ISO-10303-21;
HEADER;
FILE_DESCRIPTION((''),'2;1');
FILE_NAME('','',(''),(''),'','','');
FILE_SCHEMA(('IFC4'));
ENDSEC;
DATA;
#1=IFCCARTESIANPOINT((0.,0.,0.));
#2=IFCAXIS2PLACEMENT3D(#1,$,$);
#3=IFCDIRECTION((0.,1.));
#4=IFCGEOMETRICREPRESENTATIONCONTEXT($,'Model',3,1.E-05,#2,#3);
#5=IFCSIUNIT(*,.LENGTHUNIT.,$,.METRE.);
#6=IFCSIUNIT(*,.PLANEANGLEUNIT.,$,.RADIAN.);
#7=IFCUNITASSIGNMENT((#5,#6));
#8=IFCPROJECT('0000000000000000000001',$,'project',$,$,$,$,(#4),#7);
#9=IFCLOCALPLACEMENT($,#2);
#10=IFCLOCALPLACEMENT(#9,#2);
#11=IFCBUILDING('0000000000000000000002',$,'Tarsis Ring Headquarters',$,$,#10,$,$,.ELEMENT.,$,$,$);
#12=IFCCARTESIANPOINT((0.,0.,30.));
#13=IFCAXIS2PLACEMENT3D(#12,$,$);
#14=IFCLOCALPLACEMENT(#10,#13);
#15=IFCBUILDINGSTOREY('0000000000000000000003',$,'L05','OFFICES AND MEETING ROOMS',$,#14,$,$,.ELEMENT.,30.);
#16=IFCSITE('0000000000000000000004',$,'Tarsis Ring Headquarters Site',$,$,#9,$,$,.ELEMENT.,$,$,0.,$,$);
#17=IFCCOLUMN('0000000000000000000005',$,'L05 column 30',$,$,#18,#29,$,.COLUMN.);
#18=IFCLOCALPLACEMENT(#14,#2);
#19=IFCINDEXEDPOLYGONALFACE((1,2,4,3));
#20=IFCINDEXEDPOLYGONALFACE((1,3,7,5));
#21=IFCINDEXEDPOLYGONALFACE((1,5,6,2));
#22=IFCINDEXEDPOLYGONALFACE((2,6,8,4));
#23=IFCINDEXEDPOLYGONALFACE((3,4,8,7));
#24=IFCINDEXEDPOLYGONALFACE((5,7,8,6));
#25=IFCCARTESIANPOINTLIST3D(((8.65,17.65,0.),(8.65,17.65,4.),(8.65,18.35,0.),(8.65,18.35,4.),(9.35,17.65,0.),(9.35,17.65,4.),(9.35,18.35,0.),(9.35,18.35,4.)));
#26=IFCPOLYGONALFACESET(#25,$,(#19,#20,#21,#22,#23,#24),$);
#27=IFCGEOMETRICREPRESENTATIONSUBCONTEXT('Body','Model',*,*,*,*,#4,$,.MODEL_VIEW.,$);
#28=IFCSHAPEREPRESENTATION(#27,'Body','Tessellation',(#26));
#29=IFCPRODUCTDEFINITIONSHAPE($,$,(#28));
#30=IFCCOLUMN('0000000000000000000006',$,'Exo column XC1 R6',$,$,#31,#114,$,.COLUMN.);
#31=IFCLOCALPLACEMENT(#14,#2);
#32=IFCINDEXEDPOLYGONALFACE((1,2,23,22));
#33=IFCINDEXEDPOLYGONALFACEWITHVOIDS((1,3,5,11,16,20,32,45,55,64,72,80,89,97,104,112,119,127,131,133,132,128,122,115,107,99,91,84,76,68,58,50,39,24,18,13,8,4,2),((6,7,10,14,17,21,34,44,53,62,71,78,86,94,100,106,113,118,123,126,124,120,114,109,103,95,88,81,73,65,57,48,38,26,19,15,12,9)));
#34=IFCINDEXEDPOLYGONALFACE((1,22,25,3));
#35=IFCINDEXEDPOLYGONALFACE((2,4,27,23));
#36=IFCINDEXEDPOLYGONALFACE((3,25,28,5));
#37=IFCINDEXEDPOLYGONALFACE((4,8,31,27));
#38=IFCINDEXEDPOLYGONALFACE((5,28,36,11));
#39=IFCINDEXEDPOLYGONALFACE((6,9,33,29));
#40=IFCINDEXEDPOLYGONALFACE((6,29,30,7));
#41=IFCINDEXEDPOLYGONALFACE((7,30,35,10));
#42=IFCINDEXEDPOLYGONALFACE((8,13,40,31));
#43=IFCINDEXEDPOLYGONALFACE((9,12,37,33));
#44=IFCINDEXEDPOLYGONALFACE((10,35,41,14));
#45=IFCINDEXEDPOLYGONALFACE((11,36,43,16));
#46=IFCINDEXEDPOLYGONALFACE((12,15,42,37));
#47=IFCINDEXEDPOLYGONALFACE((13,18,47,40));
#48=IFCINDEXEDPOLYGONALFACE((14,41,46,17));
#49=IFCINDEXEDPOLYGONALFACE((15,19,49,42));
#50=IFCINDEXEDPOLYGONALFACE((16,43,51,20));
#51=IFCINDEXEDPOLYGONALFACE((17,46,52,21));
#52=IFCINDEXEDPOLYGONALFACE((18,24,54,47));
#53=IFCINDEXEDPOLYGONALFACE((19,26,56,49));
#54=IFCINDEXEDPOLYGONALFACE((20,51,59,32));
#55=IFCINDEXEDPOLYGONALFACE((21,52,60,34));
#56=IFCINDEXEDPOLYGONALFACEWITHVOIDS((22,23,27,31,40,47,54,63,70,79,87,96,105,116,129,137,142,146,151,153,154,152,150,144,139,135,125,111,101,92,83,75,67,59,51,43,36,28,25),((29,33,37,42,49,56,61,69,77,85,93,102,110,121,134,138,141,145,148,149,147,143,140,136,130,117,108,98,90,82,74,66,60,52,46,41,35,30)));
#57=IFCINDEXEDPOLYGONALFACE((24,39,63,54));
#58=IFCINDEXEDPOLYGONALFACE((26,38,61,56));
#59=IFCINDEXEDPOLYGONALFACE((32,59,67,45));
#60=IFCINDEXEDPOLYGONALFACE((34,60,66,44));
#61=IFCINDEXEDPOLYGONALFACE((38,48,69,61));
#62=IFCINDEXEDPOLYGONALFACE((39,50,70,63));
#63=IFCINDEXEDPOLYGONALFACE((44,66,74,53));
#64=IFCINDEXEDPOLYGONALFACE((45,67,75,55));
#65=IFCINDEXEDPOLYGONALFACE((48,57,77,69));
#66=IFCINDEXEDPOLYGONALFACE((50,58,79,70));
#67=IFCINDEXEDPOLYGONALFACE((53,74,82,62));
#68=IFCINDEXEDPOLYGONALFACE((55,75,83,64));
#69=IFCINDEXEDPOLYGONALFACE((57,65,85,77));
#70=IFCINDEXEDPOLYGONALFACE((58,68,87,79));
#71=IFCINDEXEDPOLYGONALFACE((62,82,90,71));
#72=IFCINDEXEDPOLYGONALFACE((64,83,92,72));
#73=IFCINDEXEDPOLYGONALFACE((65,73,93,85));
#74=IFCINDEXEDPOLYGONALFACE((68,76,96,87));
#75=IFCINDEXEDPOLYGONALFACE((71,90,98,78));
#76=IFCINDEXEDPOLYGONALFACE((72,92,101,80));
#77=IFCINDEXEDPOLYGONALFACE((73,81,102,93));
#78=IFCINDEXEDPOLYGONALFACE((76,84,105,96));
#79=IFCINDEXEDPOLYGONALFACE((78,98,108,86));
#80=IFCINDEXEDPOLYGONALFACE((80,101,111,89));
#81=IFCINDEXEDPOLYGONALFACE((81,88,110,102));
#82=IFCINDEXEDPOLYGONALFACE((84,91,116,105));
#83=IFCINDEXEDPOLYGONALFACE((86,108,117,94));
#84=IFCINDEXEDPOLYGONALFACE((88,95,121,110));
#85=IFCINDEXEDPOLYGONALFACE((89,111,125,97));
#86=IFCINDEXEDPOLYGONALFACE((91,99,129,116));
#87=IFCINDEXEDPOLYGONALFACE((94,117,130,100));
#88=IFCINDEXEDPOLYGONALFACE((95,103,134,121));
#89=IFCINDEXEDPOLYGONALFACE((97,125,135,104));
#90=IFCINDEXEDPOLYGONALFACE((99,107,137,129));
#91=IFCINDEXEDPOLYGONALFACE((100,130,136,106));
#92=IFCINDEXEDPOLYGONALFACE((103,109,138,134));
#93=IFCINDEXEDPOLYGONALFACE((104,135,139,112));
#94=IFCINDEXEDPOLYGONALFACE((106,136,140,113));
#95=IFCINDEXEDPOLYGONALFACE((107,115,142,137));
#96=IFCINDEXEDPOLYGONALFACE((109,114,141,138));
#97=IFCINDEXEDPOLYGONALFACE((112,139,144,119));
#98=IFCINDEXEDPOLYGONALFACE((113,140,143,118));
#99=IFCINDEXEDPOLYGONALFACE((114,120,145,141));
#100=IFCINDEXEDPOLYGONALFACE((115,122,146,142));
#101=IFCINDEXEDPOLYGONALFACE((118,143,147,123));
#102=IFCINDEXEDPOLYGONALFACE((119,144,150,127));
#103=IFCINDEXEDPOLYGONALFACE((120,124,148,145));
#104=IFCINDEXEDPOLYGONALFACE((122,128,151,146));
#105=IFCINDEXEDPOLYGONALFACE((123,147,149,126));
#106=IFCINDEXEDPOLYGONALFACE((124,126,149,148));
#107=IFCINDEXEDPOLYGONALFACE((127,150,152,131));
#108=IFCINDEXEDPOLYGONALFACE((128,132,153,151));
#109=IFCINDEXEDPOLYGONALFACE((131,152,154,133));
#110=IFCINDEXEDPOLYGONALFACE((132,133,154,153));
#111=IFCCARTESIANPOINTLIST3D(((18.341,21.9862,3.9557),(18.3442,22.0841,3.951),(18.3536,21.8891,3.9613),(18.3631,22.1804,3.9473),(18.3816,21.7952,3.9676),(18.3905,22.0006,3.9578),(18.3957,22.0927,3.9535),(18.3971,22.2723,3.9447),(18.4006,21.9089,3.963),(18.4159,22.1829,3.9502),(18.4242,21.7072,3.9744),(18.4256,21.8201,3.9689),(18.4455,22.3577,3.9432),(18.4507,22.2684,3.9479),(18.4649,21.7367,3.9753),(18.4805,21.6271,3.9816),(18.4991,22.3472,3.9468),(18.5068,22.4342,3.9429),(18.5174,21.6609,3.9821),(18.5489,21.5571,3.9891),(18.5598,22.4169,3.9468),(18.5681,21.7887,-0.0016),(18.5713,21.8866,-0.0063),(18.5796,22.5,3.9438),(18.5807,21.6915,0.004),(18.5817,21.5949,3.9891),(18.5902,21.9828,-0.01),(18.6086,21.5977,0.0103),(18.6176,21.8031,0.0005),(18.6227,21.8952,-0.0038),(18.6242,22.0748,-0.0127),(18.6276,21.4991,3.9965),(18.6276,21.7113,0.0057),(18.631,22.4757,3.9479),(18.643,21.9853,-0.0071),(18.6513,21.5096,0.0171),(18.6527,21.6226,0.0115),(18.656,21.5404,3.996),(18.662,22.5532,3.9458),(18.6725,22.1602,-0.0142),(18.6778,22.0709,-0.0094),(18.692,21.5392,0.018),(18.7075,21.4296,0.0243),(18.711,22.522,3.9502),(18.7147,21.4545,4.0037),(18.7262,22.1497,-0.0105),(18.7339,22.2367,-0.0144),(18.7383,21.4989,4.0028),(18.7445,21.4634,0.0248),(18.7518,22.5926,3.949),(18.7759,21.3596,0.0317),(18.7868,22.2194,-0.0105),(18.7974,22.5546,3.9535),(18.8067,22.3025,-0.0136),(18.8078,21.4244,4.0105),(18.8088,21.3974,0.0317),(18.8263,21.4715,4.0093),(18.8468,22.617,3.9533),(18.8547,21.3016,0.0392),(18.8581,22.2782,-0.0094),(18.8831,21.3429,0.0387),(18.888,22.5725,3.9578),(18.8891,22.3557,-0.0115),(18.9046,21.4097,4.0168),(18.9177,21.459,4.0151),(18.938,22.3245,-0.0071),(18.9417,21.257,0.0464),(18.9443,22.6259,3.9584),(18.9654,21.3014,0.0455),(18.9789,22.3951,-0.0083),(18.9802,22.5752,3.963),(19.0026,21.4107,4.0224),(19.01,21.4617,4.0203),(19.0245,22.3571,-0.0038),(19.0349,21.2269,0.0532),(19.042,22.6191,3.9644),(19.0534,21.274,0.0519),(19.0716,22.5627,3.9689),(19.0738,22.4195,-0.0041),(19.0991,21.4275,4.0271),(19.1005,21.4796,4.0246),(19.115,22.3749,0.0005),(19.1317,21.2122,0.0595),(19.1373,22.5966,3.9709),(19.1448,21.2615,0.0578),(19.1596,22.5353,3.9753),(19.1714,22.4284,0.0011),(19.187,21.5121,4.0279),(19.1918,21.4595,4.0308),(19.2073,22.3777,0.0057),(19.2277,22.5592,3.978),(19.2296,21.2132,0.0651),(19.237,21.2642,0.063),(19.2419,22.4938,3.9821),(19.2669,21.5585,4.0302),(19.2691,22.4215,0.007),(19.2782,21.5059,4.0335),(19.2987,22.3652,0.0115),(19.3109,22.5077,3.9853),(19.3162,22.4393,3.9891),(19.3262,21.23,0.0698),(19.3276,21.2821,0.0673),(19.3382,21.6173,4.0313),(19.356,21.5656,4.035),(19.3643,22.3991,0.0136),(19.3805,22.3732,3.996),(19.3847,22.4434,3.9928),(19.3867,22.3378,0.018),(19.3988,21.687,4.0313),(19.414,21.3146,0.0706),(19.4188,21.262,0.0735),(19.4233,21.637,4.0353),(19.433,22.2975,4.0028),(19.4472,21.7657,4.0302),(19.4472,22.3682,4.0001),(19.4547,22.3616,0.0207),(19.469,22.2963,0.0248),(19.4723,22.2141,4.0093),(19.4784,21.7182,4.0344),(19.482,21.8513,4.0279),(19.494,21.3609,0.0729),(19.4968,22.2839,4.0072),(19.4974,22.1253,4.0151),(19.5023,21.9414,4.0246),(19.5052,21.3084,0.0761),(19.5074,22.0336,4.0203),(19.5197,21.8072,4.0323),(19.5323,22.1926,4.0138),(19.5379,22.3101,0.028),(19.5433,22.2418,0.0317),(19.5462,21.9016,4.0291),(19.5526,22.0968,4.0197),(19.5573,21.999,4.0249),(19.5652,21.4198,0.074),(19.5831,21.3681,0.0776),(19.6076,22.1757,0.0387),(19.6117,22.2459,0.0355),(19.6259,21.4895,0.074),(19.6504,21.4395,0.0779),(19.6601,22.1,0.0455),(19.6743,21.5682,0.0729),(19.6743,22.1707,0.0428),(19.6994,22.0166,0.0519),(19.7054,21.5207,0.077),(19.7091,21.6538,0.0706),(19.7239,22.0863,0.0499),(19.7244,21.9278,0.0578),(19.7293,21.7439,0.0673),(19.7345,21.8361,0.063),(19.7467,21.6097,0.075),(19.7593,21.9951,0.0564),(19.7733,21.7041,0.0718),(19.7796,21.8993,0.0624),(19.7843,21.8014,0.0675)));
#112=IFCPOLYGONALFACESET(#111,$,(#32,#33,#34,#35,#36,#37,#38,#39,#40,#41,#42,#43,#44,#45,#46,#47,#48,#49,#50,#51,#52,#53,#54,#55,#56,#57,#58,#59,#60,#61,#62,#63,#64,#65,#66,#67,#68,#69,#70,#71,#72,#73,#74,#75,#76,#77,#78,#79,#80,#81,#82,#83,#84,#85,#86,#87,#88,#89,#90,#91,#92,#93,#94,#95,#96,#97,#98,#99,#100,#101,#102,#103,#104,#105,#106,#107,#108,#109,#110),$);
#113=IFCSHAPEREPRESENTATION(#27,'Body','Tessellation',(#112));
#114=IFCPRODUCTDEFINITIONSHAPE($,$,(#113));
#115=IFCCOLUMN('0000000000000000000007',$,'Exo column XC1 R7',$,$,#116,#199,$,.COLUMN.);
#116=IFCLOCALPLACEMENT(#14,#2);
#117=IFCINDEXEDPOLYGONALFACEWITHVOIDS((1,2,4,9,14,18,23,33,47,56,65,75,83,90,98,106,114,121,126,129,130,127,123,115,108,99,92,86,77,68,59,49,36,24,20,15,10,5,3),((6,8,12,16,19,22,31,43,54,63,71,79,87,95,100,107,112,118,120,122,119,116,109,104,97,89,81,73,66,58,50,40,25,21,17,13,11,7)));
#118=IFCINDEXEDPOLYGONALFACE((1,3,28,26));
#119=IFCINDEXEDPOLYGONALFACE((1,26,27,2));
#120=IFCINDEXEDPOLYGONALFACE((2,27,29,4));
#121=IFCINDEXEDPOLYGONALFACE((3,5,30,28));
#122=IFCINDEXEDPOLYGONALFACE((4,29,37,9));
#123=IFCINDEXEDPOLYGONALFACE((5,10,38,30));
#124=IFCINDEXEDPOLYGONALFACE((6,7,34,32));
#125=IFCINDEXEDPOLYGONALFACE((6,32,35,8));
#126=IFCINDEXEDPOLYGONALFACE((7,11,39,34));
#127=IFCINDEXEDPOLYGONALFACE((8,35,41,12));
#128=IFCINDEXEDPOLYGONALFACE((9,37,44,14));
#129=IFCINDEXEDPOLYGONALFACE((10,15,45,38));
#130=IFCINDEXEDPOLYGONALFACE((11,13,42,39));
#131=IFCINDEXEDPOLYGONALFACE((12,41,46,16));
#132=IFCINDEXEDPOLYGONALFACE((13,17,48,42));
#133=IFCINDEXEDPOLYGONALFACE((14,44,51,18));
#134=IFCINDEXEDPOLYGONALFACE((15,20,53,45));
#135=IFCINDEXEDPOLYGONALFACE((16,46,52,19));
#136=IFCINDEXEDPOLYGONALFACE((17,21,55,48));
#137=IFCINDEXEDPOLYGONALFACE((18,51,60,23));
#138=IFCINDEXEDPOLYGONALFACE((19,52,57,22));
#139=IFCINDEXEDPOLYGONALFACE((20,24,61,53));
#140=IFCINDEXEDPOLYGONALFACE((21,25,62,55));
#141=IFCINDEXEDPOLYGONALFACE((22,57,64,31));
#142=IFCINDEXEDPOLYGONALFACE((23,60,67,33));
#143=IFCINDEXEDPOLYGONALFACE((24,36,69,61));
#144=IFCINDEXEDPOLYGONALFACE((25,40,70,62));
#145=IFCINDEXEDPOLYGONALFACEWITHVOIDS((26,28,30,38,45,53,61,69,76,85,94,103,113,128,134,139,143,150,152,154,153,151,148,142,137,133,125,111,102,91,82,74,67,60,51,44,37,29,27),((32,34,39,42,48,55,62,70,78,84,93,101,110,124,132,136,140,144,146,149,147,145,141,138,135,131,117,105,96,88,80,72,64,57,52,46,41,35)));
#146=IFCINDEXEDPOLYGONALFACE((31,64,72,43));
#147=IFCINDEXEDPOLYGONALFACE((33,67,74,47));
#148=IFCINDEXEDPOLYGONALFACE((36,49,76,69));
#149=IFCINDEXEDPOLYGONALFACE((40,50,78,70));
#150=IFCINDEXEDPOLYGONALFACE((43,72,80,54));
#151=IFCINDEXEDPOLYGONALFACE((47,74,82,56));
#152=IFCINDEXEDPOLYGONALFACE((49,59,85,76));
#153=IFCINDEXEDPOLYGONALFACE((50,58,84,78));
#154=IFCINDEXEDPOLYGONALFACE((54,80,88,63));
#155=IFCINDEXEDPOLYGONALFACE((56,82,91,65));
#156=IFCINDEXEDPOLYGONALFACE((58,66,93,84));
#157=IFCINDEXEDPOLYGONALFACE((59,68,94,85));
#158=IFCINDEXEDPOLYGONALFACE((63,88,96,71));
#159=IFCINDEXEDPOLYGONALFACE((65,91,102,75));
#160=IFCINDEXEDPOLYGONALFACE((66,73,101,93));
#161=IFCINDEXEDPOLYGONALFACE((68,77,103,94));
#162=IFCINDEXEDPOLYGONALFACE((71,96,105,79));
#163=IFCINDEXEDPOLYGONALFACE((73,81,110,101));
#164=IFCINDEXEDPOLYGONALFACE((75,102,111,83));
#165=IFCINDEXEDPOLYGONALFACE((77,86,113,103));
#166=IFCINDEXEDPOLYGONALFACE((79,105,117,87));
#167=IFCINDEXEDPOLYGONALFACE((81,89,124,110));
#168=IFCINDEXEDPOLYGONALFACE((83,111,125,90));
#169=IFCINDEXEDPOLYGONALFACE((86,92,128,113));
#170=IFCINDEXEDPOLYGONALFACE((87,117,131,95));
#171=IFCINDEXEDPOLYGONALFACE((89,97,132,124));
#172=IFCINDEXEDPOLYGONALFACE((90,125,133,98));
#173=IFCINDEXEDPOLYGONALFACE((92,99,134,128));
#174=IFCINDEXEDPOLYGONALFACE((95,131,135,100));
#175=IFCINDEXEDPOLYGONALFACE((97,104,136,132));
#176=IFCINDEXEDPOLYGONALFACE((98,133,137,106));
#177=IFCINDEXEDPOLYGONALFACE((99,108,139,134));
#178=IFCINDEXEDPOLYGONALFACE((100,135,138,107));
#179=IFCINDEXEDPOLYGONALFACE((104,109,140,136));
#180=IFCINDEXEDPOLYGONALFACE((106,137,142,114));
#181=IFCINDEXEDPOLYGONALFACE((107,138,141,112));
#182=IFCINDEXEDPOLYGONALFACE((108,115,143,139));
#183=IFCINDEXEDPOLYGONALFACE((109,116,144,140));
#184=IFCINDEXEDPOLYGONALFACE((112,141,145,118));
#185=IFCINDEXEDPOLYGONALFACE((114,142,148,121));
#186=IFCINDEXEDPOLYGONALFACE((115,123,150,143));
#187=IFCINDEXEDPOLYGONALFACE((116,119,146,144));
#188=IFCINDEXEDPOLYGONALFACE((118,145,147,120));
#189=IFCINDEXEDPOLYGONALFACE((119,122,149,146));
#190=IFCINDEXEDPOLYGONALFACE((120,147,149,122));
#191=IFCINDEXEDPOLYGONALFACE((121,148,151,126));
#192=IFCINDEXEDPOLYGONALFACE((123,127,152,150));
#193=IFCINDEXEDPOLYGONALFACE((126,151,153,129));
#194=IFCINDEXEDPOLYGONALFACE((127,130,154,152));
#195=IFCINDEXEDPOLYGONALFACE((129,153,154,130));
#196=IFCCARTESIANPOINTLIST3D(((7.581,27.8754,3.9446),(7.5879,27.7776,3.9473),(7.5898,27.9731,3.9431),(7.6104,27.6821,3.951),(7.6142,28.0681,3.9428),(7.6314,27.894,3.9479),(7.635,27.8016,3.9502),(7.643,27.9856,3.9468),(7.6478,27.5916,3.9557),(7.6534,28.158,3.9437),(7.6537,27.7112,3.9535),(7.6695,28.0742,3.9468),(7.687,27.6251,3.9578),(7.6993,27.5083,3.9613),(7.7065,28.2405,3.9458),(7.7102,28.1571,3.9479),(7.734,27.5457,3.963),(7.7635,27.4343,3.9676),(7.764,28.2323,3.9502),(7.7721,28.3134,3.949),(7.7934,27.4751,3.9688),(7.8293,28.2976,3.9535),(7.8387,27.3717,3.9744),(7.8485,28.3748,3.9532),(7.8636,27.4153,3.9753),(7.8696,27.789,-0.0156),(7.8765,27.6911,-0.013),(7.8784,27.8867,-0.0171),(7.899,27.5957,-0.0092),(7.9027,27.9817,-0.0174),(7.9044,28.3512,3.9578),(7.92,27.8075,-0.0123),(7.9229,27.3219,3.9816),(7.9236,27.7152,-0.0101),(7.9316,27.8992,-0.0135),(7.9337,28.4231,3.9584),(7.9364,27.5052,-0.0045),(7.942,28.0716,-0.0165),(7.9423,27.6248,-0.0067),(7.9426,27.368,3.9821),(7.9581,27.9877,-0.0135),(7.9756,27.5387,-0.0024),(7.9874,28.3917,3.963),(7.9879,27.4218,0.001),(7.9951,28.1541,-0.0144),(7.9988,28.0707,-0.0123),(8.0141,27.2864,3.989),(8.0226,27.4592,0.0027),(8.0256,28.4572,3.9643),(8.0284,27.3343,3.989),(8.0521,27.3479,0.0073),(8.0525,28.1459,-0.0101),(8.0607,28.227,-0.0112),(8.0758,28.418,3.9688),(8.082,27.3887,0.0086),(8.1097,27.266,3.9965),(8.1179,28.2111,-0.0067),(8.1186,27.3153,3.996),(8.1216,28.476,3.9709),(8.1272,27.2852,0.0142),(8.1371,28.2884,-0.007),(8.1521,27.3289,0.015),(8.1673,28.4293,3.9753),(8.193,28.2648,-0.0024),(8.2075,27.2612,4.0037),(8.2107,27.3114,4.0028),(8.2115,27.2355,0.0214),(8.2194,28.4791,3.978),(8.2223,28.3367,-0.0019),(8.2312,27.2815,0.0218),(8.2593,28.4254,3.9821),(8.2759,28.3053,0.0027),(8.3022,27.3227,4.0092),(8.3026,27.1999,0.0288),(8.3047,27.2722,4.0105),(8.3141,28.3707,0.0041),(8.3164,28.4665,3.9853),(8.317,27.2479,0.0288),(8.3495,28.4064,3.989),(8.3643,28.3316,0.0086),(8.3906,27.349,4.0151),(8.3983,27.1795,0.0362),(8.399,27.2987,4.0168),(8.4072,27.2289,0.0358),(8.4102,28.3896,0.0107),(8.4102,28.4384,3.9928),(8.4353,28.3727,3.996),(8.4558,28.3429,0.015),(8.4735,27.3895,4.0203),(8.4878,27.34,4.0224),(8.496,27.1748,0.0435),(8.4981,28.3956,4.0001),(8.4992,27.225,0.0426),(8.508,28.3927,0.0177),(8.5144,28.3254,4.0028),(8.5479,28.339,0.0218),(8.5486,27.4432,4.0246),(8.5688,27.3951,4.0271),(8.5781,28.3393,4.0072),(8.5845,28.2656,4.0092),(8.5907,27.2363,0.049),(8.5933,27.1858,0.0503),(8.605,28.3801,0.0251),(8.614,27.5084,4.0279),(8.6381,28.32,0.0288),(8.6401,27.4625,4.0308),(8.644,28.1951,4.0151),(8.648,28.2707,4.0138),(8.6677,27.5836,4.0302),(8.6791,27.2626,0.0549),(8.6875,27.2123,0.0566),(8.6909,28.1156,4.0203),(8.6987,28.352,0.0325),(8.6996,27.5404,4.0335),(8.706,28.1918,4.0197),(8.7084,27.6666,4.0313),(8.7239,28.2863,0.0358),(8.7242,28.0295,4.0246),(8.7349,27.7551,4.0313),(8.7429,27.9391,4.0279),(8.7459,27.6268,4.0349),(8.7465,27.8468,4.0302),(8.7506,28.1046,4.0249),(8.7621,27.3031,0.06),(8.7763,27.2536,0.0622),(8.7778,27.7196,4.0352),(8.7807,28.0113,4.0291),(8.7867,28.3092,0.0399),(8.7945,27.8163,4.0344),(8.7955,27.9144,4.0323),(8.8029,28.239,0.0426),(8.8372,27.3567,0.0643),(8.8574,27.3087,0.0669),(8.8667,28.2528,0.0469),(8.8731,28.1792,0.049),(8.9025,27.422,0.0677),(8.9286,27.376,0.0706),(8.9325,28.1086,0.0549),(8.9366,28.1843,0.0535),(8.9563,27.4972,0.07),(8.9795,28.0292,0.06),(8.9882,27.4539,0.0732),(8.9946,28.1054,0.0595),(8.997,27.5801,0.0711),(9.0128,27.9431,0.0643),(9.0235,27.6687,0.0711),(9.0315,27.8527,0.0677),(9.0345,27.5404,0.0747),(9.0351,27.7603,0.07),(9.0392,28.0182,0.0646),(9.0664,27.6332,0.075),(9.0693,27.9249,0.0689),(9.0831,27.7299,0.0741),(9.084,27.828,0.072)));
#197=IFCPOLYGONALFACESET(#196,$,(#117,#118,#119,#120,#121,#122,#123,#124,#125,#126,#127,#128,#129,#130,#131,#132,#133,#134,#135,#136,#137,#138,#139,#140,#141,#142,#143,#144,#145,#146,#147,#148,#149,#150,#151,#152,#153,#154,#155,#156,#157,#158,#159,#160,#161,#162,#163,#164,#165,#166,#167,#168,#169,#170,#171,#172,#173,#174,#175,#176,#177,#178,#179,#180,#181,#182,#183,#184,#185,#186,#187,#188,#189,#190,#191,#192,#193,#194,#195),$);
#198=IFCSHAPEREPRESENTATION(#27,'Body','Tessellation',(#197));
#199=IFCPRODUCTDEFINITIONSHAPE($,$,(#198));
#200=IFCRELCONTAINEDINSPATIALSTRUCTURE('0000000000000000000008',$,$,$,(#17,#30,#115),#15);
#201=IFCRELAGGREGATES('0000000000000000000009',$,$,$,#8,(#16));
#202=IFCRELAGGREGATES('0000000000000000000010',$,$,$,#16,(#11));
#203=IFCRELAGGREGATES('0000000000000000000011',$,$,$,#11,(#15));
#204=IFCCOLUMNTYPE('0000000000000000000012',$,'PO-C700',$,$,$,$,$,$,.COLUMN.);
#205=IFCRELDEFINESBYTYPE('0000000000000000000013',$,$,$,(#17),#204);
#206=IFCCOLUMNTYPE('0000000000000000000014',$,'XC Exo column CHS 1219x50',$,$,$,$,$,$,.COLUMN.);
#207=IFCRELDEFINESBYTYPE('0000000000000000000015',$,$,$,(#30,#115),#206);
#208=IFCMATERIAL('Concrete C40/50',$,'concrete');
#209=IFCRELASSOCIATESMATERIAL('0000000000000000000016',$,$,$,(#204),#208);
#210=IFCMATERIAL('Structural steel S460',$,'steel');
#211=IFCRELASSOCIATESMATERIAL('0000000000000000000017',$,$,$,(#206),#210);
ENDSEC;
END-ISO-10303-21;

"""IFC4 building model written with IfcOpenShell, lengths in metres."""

from ifc_helpers import new_model, si_unit, direction, frame, origin, origin_2d, place, context, subcontext, project, spatial, rectangle, hollow_circle, extrude, material, material_profile, profile_set, type_object, element, save


model = new_model("IFC4")

# Units and contexts
model_context = context("Model", 3, precision=1e-05, world=origin(), true_north=direction((0.0, 1.0)))
body_context = subcontext(model_context, "Body", "Model", "MODEL_VIEW")
ifc_project = project(units=[si_unit("LENGTHUNIT", "METRE"), si_unit("PLANEANGLEUNIT", "RADIAN")], contexts=[model_context])

# Site, building, storey
site_placement = place(None, origin())
site = spatial("IfcSite", under=ifc_project, at=site_placement, Name="Tarsis Ring Headquarters Site", CompositionType="ELEMENT", RefElevation=0.0)
building_placement = place(site_placement, origin())
building = spatial("IfcBuilding", under=site, at=building_placement, Name="Tarsis Ring Headquarters", CompositionType="ELEMENT")
storey_placement = place(building_placement, frame((0.0, 0.0, 30.0)))
storey = spatial("IfcBuildingStorey", under=building, at=storey_placement, Name="L05", Description="OFFICES AND MEETING ROOMS", CompositionType="ELEMENT", Elevation=30.0)

# Columns
ifc_material_1 = material(Name="Concrete C40/50", Category="concrete")
ifc_material_profile_1 = material_profile(ifc_material_1, rectangle(XDim=0.7, YDim=0.7, at=origin_2d()), Name="PO-C700")
ifc_profile_set_1 = profile_set([ifc_material_profile_1], Name="Concrete C40/50")
column_type_1 = type_object("IfcColumnType", Name="PO-C700", PredefinedType="COLUMN", material=ifc_profile_set_1)
column_1_placement = place(storey_placement, frame((9.0, 18.0, 0.0), z_axis=(0.0, 0.0, 1.0), x_axis=(1.0, 0.0, 0.0)))
element("IfcColumn", 1, at=column_1_placement, inside=storey, type_object=column_type_1, Name="L05 column 30", PredefinedType="COLUMN", context=body_context, shape_type="SweptSolid", body=[
    extrude(rectangle(XDim=0.7, YDim=0.7, at=origin_2d()), origin(), (0.0, 0.0, 1.0), 4.0),
])
ifc_material_2 = material(Name="Structural steel S460", Category="steel")
ifc_material_profile_2 = material_profile(ifc_material_2, hollow_circle(Radius=0.6096, WallThickness=0.05, at=origin_2d()), Name="CHS 1219x50")
ifc_profile_set_2 = profile_set([ifc_material_profile_2], Name="Structural steel S460")
column_type_2 = type_object("IfcColumnType", Name="XC Exo column CHS 1219x50", PredefinedType="COLUMN", material=ifc_profile_set_2)
column_2_placement = place(storey_placement, frame((19.176, 21.8196, 0.0317), z_axis=(-0.05721, 0.049767, 0.997121), x_axis=(-0.656319, -0.754483, 0.0)))
element("IfcColumn", 2, at=column_2_placement, inside=storey, type_object=column_type_2, Name="Exo column XC1 R6", PredefinedType="COLUMN", context=body_context, shape_type="SweptSolid", body=[
    extrude(hollow_circle(Radius=0.6096, WallThickness=0.05, at=origin_2d()), origin(), (0.0, 0.0, 1.0), 3.9688),
])
column_3_placement = place(storey_placement, frame((8.4775, 27.7839, 0.0288), z_axis=(-0.072659, 0.021761, 0.997119), x_axis=(-0.286902, -0.95796, 0.0)))
element("IfcColumn", 3, at=column_3_placement, inside=storey, type_object=column_type_2, Name="Exo column XC1 R7", PredefinedType="COLUMN", context=body_context, shape_type="SweptSolid", body=[
    extrude(hollow_circle(Radius=0.6096, WallThickness=0.05, at=origin_2d()), origin(), (0.0, 0.0, 1.0), 3.9717),
])

save(model, "model.ifc")
